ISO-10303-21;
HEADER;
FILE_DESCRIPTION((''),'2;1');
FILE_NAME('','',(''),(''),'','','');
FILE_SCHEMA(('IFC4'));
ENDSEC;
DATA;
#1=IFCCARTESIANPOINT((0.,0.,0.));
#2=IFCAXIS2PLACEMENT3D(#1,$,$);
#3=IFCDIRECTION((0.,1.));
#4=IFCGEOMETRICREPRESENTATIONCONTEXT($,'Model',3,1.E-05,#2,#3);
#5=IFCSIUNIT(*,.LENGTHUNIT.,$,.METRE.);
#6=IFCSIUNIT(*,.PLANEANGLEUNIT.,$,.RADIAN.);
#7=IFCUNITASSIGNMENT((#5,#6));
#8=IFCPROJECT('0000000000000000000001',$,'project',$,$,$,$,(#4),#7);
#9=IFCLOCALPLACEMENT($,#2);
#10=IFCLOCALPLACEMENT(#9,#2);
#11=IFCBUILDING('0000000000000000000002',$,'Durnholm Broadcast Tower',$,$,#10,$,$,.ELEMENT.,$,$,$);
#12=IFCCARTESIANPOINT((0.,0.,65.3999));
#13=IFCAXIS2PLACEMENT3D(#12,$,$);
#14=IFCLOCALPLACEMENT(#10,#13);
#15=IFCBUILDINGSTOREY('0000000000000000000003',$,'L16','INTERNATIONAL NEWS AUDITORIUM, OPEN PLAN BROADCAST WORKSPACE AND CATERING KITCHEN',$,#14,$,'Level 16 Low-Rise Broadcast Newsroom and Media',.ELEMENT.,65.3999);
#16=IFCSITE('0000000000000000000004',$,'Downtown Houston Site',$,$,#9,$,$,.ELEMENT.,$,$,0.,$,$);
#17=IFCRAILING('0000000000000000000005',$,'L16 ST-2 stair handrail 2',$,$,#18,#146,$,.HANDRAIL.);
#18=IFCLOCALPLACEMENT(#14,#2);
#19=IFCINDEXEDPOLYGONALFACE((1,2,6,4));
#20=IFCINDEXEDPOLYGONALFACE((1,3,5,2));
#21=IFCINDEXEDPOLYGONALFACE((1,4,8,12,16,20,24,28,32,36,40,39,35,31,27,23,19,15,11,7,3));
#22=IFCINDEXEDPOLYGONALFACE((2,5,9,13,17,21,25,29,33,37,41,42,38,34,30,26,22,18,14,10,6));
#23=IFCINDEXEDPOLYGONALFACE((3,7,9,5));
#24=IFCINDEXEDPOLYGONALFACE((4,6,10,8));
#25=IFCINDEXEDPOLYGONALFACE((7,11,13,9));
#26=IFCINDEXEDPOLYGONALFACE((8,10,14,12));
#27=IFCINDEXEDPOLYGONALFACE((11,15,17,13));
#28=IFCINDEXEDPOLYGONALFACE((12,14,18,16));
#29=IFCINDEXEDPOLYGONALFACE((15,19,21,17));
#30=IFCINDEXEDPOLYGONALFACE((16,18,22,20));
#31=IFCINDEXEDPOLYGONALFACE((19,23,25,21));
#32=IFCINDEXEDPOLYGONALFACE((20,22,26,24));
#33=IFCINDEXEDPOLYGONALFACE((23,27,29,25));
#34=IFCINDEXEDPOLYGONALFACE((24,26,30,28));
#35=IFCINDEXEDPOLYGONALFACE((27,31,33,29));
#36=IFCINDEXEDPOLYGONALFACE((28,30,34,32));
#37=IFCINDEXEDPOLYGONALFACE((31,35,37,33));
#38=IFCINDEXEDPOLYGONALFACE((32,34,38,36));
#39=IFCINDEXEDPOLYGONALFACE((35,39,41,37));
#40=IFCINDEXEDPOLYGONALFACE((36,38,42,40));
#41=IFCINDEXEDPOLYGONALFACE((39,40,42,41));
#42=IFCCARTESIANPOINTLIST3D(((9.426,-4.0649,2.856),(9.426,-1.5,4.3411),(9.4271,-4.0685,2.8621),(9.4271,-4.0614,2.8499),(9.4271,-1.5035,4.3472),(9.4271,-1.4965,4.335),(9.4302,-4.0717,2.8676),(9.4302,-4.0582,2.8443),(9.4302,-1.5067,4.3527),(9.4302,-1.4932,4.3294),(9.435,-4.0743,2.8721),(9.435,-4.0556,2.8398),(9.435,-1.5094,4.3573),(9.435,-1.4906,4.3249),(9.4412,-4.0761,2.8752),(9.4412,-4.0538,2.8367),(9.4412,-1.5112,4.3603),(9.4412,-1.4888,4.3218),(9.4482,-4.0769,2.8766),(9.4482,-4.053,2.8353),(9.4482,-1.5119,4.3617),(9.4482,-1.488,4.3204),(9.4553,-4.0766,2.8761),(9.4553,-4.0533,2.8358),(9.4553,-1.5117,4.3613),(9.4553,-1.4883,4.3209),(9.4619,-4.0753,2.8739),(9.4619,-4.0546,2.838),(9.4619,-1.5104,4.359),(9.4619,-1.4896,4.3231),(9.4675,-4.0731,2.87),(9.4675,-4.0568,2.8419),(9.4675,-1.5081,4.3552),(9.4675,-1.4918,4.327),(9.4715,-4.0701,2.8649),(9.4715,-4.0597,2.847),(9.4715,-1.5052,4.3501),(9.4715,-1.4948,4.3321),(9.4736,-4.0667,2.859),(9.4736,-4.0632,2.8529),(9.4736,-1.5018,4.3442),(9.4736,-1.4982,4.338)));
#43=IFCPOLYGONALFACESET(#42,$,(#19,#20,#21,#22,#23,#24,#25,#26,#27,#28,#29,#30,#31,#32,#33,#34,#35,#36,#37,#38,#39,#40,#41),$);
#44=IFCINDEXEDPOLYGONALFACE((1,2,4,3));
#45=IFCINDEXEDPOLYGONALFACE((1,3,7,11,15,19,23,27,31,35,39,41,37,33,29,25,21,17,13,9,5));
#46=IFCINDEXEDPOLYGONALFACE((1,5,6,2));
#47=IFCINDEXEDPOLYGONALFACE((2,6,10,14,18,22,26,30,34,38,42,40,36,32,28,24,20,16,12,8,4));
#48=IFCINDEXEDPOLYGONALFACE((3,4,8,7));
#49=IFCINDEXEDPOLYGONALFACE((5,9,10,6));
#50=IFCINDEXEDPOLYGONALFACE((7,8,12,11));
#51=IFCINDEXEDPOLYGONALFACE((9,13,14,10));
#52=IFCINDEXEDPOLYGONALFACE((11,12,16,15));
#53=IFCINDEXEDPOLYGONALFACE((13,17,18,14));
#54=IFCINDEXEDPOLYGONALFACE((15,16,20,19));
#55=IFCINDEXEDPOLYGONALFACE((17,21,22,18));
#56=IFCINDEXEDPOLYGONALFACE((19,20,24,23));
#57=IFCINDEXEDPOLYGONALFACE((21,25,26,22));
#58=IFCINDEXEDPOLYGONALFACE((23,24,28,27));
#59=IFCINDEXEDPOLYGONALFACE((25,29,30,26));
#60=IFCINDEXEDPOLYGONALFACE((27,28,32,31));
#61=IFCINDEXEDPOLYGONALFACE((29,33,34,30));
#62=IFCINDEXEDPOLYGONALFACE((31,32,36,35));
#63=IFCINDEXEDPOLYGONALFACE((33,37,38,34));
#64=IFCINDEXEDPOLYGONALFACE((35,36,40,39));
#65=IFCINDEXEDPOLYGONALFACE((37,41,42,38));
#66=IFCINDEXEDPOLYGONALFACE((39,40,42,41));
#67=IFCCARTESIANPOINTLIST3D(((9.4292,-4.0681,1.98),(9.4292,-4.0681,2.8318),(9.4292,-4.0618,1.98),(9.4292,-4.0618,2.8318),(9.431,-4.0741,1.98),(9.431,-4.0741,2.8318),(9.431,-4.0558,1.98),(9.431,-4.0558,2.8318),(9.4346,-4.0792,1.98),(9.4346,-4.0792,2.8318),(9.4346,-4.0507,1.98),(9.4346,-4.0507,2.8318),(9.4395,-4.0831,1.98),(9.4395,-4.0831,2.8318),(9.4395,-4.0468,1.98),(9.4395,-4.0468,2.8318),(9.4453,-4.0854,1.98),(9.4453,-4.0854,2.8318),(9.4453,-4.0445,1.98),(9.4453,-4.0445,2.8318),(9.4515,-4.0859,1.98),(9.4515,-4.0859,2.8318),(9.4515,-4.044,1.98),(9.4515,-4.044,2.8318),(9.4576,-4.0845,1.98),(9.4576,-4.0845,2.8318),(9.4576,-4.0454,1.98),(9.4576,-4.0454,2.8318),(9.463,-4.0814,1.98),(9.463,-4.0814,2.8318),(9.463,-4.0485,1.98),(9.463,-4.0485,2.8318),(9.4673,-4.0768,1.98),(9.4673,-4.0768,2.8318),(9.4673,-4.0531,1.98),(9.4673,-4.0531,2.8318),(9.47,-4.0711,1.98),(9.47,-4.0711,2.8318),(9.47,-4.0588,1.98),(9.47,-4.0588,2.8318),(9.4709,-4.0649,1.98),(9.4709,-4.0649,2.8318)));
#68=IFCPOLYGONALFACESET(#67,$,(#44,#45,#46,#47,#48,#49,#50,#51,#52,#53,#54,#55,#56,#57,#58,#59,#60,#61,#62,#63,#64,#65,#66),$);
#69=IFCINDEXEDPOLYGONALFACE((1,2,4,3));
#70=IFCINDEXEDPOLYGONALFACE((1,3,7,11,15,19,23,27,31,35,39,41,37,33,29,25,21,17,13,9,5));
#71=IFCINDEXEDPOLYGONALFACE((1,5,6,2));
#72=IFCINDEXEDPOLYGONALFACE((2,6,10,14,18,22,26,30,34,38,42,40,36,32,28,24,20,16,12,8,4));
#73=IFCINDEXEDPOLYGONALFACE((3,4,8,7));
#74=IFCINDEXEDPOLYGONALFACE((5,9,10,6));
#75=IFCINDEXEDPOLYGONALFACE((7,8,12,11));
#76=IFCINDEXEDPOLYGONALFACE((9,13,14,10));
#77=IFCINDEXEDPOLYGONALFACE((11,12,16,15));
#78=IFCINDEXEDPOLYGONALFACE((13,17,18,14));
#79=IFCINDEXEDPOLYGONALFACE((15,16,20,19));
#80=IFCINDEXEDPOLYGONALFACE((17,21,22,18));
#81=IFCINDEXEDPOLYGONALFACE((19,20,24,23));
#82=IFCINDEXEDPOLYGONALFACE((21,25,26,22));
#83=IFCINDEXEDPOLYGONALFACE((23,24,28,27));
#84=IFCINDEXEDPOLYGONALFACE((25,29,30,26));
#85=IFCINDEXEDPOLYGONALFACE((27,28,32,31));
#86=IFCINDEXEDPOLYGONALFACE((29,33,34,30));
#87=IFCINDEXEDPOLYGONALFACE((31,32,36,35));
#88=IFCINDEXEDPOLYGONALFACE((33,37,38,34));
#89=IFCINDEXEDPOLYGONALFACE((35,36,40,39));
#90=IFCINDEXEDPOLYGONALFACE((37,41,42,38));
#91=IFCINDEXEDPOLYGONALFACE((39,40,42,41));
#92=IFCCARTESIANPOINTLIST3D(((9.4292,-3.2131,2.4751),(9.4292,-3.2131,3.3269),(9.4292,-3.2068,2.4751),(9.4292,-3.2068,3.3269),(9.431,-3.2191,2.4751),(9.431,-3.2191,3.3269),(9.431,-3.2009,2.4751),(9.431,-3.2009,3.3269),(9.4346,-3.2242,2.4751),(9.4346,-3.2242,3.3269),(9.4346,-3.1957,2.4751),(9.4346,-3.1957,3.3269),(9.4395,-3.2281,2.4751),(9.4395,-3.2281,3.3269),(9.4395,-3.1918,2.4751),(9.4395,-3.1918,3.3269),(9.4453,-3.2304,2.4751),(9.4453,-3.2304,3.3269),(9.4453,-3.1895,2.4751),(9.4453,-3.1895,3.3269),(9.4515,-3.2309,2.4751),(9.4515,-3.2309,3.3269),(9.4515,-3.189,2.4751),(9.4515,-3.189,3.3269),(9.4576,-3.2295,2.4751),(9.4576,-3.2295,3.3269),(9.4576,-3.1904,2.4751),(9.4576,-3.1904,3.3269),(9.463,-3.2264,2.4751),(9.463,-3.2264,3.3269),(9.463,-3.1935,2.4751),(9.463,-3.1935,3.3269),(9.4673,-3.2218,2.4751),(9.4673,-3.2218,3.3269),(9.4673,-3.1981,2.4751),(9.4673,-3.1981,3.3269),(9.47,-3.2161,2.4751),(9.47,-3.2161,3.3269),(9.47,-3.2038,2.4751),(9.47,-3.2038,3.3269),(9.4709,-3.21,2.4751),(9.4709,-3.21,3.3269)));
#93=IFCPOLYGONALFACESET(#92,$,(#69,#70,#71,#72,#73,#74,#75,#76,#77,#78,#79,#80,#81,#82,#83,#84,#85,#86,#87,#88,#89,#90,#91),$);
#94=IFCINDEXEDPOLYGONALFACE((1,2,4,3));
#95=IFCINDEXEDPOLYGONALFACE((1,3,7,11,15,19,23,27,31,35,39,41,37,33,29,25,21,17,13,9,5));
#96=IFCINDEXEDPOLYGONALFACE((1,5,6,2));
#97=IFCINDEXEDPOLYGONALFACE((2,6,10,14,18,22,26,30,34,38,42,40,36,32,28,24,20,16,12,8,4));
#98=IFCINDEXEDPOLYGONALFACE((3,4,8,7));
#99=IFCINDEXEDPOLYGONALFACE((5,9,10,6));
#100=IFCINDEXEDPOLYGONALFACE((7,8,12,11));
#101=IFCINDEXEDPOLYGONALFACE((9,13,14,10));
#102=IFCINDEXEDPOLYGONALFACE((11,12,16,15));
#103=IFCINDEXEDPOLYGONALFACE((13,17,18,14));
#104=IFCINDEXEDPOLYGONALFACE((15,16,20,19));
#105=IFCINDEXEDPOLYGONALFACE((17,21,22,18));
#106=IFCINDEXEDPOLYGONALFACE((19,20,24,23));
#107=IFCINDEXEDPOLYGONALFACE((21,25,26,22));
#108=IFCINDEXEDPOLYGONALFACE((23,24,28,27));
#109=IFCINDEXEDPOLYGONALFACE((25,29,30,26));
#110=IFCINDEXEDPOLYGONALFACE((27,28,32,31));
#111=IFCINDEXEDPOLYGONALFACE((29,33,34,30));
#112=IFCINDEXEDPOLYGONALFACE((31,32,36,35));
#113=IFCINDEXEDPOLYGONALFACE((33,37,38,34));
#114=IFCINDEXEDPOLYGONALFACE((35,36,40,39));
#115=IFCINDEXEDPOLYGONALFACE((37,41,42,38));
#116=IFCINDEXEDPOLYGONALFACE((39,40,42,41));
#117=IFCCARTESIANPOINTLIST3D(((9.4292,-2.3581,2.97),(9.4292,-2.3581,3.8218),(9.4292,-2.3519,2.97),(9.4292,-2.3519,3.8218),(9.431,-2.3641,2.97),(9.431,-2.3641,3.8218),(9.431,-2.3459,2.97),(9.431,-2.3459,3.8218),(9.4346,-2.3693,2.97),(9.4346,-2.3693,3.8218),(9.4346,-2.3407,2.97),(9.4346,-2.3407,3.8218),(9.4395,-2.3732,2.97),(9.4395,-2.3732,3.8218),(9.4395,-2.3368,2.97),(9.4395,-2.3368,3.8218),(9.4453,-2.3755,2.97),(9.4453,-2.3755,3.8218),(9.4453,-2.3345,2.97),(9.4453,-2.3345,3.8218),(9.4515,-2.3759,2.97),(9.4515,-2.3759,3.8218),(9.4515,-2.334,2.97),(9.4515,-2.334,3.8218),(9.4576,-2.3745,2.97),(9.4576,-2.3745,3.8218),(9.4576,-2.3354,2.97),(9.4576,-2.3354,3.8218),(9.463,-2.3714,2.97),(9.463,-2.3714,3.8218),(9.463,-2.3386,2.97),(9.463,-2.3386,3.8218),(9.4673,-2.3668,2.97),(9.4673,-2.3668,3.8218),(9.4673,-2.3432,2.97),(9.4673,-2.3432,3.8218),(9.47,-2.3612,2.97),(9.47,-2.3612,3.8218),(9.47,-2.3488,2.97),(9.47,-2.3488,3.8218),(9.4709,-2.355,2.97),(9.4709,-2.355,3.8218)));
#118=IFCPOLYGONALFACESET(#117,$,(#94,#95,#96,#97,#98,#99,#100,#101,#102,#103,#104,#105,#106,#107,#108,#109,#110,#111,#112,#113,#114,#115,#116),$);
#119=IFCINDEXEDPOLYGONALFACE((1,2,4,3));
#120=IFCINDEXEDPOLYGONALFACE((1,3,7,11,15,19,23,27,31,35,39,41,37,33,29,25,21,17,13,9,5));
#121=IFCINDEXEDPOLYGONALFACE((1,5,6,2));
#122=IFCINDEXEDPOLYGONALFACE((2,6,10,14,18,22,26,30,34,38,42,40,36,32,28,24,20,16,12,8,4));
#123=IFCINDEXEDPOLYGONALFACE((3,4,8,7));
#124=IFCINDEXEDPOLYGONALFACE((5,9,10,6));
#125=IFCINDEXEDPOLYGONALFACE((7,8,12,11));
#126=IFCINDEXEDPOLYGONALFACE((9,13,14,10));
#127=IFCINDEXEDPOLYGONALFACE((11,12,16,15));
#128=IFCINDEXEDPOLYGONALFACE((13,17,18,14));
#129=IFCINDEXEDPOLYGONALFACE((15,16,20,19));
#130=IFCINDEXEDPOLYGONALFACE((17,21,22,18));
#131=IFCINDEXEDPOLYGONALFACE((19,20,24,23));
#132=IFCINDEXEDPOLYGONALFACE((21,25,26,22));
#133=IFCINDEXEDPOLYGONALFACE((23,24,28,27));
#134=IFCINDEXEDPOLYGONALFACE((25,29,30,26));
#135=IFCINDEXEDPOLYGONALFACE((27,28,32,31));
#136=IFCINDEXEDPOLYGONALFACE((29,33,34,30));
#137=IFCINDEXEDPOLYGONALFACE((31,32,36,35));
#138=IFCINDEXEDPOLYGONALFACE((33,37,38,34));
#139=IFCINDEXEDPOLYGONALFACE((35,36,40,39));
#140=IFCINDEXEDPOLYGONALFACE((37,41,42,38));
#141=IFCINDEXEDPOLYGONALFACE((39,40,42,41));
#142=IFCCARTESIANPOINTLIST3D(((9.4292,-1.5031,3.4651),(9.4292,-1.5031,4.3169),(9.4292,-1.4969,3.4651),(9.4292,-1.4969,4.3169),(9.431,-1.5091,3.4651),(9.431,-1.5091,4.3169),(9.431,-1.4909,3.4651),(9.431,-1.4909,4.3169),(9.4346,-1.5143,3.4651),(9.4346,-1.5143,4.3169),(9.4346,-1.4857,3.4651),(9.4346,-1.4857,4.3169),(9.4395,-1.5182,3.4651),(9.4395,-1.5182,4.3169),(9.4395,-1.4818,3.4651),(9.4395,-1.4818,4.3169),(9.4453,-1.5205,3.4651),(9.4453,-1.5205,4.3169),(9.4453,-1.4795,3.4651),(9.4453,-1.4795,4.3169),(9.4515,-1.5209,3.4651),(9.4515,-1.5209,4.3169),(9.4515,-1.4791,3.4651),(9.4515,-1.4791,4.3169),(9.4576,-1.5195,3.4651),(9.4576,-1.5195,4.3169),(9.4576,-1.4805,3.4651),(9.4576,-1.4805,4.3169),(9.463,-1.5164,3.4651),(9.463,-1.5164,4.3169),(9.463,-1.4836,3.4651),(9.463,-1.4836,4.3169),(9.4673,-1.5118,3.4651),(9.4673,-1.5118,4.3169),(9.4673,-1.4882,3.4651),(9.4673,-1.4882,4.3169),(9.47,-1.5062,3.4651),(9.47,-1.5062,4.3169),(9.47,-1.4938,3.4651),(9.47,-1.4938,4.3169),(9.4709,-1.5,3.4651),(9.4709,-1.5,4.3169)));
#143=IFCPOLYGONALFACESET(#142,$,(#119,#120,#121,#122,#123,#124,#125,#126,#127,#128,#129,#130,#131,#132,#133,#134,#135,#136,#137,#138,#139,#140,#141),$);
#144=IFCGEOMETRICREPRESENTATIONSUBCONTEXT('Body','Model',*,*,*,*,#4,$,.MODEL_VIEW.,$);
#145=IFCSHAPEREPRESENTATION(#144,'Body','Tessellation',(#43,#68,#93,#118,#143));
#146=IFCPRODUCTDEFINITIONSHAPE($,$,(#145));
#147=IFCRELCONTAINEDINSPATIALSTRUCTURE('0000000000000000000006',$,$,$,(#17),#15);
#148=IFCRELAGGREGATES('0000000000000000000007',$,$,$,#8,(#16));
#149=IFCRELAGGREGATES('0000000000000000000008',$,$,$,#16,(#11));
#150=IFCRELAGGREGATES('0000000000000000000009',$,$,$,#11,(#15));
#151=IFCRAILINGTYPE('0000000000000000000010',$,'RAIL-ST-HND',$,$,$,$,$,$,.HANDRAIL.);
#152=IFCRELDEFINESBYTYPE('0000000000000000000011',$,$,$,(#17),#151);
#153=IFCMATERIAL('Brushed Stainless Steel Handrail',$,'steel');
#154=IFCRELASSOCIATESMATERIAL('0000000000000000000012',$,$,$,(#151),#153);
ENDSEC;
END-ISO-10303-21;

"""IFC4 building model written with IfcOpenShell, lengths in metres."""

from ifc_helpers import new_model, si_unit, direction, frame, origin, origin_2d, place, context, subcontext, project, spatial, circle, extrude, material, type_object, element, save


model = new_model("IFC4")

# Units and contexts
model_context = context("Model", 3, precision=1e-05, world=origin(), true_north=direction((0.0, 1.0)))
body_context = subcontext(model_context, "Body", "Model", "MODEL_VIEW")
ifc_project = project(units=[si_unit("LENGTHUNIT", "METRE"), si_unit("PLANEANGLEUNIT", "RADIAN")], contexts=[model_context])

# Site, building, storey
site_placement = place(None, origin())
site = spatial("IfcSite", under=ifc_project, at=site_placement, Name="Downtown Houston Site", CompositionType="ELEMENT", RefElevation=0.0)
building_placement = place(site_placement, origin())
building = spatial("IfcBuilding", under=site, at=building_placement, Name="Durnholm Broadcast Tower", CompositionType="ELEMENT")
storey_placement = place(building_placement, frame((0.0, 0.0, 65.3999)))
storey = spatial("IfcBuildingStorey", under=building, at=storey_placement, Name="L16", Description="INTERNATIONAL NEWS AUDITORIUM, OPEN PLAN BROADCAST WORKSPACE AND CATERING KITCHEN", LongName="Level 16 Low-Rise Broadcast Newsroom and Media", CompositionType="ELEMENT", Elevation=65.3999)

# Railing
ifc_material_1 = material(Name="Brushed Stainless Steel Handrail", Category="steel")
railing_type_1 = type_object("IfcRailingType", Name="RAIL-ST-HND", PredefinedType="HANDRAIL", material=ifc_material_1)
railing_1_placement = place(storey_placement, frame((9.45, -4.0649, 1.98)))
element("IfcRailing", 1, at=railing_1_placement, inside=storey, type_object=railing_type_1, Name="L16 ST-2 stair handrail 2", PredefinedType="HANDRAIL", context=body_context, shape_type="SweptSolid", body=[
    extrude(circle(Radius=0.0239, at=origin_2d()), frame((0.0, 0.0, 0.876), z_axis=(0.0, 0.865406, 0.501072), x_axis=(-1.0, 0.0, 0.0)), (0.0, 0.0, 1.0), 2.9639),
    extrude(circle(Radius=0.021, at=origin_2d()), origin(), (0.0, 0.0, 1.0), 0.8518),
    extrude(circle(Radius=0.021, at=origin_2d()), frame((0.0, 0.855, 0.4951)), (0.0, 0.0, 1.0), 0.8518),
    extrude(circle(Radius=0.021, at=origin_2d()), frame((0.0, 1.71, 0.99)), (0.0, 0.0, 1.0), 0.8518),
    extrude(circle(Radius=0.021, at=origin_2d()), frame((0.0, 2.5649, 1.4851)), (0.0, 0.0, 1.0), 0.8518),
])

save(model, "model.ifc")
